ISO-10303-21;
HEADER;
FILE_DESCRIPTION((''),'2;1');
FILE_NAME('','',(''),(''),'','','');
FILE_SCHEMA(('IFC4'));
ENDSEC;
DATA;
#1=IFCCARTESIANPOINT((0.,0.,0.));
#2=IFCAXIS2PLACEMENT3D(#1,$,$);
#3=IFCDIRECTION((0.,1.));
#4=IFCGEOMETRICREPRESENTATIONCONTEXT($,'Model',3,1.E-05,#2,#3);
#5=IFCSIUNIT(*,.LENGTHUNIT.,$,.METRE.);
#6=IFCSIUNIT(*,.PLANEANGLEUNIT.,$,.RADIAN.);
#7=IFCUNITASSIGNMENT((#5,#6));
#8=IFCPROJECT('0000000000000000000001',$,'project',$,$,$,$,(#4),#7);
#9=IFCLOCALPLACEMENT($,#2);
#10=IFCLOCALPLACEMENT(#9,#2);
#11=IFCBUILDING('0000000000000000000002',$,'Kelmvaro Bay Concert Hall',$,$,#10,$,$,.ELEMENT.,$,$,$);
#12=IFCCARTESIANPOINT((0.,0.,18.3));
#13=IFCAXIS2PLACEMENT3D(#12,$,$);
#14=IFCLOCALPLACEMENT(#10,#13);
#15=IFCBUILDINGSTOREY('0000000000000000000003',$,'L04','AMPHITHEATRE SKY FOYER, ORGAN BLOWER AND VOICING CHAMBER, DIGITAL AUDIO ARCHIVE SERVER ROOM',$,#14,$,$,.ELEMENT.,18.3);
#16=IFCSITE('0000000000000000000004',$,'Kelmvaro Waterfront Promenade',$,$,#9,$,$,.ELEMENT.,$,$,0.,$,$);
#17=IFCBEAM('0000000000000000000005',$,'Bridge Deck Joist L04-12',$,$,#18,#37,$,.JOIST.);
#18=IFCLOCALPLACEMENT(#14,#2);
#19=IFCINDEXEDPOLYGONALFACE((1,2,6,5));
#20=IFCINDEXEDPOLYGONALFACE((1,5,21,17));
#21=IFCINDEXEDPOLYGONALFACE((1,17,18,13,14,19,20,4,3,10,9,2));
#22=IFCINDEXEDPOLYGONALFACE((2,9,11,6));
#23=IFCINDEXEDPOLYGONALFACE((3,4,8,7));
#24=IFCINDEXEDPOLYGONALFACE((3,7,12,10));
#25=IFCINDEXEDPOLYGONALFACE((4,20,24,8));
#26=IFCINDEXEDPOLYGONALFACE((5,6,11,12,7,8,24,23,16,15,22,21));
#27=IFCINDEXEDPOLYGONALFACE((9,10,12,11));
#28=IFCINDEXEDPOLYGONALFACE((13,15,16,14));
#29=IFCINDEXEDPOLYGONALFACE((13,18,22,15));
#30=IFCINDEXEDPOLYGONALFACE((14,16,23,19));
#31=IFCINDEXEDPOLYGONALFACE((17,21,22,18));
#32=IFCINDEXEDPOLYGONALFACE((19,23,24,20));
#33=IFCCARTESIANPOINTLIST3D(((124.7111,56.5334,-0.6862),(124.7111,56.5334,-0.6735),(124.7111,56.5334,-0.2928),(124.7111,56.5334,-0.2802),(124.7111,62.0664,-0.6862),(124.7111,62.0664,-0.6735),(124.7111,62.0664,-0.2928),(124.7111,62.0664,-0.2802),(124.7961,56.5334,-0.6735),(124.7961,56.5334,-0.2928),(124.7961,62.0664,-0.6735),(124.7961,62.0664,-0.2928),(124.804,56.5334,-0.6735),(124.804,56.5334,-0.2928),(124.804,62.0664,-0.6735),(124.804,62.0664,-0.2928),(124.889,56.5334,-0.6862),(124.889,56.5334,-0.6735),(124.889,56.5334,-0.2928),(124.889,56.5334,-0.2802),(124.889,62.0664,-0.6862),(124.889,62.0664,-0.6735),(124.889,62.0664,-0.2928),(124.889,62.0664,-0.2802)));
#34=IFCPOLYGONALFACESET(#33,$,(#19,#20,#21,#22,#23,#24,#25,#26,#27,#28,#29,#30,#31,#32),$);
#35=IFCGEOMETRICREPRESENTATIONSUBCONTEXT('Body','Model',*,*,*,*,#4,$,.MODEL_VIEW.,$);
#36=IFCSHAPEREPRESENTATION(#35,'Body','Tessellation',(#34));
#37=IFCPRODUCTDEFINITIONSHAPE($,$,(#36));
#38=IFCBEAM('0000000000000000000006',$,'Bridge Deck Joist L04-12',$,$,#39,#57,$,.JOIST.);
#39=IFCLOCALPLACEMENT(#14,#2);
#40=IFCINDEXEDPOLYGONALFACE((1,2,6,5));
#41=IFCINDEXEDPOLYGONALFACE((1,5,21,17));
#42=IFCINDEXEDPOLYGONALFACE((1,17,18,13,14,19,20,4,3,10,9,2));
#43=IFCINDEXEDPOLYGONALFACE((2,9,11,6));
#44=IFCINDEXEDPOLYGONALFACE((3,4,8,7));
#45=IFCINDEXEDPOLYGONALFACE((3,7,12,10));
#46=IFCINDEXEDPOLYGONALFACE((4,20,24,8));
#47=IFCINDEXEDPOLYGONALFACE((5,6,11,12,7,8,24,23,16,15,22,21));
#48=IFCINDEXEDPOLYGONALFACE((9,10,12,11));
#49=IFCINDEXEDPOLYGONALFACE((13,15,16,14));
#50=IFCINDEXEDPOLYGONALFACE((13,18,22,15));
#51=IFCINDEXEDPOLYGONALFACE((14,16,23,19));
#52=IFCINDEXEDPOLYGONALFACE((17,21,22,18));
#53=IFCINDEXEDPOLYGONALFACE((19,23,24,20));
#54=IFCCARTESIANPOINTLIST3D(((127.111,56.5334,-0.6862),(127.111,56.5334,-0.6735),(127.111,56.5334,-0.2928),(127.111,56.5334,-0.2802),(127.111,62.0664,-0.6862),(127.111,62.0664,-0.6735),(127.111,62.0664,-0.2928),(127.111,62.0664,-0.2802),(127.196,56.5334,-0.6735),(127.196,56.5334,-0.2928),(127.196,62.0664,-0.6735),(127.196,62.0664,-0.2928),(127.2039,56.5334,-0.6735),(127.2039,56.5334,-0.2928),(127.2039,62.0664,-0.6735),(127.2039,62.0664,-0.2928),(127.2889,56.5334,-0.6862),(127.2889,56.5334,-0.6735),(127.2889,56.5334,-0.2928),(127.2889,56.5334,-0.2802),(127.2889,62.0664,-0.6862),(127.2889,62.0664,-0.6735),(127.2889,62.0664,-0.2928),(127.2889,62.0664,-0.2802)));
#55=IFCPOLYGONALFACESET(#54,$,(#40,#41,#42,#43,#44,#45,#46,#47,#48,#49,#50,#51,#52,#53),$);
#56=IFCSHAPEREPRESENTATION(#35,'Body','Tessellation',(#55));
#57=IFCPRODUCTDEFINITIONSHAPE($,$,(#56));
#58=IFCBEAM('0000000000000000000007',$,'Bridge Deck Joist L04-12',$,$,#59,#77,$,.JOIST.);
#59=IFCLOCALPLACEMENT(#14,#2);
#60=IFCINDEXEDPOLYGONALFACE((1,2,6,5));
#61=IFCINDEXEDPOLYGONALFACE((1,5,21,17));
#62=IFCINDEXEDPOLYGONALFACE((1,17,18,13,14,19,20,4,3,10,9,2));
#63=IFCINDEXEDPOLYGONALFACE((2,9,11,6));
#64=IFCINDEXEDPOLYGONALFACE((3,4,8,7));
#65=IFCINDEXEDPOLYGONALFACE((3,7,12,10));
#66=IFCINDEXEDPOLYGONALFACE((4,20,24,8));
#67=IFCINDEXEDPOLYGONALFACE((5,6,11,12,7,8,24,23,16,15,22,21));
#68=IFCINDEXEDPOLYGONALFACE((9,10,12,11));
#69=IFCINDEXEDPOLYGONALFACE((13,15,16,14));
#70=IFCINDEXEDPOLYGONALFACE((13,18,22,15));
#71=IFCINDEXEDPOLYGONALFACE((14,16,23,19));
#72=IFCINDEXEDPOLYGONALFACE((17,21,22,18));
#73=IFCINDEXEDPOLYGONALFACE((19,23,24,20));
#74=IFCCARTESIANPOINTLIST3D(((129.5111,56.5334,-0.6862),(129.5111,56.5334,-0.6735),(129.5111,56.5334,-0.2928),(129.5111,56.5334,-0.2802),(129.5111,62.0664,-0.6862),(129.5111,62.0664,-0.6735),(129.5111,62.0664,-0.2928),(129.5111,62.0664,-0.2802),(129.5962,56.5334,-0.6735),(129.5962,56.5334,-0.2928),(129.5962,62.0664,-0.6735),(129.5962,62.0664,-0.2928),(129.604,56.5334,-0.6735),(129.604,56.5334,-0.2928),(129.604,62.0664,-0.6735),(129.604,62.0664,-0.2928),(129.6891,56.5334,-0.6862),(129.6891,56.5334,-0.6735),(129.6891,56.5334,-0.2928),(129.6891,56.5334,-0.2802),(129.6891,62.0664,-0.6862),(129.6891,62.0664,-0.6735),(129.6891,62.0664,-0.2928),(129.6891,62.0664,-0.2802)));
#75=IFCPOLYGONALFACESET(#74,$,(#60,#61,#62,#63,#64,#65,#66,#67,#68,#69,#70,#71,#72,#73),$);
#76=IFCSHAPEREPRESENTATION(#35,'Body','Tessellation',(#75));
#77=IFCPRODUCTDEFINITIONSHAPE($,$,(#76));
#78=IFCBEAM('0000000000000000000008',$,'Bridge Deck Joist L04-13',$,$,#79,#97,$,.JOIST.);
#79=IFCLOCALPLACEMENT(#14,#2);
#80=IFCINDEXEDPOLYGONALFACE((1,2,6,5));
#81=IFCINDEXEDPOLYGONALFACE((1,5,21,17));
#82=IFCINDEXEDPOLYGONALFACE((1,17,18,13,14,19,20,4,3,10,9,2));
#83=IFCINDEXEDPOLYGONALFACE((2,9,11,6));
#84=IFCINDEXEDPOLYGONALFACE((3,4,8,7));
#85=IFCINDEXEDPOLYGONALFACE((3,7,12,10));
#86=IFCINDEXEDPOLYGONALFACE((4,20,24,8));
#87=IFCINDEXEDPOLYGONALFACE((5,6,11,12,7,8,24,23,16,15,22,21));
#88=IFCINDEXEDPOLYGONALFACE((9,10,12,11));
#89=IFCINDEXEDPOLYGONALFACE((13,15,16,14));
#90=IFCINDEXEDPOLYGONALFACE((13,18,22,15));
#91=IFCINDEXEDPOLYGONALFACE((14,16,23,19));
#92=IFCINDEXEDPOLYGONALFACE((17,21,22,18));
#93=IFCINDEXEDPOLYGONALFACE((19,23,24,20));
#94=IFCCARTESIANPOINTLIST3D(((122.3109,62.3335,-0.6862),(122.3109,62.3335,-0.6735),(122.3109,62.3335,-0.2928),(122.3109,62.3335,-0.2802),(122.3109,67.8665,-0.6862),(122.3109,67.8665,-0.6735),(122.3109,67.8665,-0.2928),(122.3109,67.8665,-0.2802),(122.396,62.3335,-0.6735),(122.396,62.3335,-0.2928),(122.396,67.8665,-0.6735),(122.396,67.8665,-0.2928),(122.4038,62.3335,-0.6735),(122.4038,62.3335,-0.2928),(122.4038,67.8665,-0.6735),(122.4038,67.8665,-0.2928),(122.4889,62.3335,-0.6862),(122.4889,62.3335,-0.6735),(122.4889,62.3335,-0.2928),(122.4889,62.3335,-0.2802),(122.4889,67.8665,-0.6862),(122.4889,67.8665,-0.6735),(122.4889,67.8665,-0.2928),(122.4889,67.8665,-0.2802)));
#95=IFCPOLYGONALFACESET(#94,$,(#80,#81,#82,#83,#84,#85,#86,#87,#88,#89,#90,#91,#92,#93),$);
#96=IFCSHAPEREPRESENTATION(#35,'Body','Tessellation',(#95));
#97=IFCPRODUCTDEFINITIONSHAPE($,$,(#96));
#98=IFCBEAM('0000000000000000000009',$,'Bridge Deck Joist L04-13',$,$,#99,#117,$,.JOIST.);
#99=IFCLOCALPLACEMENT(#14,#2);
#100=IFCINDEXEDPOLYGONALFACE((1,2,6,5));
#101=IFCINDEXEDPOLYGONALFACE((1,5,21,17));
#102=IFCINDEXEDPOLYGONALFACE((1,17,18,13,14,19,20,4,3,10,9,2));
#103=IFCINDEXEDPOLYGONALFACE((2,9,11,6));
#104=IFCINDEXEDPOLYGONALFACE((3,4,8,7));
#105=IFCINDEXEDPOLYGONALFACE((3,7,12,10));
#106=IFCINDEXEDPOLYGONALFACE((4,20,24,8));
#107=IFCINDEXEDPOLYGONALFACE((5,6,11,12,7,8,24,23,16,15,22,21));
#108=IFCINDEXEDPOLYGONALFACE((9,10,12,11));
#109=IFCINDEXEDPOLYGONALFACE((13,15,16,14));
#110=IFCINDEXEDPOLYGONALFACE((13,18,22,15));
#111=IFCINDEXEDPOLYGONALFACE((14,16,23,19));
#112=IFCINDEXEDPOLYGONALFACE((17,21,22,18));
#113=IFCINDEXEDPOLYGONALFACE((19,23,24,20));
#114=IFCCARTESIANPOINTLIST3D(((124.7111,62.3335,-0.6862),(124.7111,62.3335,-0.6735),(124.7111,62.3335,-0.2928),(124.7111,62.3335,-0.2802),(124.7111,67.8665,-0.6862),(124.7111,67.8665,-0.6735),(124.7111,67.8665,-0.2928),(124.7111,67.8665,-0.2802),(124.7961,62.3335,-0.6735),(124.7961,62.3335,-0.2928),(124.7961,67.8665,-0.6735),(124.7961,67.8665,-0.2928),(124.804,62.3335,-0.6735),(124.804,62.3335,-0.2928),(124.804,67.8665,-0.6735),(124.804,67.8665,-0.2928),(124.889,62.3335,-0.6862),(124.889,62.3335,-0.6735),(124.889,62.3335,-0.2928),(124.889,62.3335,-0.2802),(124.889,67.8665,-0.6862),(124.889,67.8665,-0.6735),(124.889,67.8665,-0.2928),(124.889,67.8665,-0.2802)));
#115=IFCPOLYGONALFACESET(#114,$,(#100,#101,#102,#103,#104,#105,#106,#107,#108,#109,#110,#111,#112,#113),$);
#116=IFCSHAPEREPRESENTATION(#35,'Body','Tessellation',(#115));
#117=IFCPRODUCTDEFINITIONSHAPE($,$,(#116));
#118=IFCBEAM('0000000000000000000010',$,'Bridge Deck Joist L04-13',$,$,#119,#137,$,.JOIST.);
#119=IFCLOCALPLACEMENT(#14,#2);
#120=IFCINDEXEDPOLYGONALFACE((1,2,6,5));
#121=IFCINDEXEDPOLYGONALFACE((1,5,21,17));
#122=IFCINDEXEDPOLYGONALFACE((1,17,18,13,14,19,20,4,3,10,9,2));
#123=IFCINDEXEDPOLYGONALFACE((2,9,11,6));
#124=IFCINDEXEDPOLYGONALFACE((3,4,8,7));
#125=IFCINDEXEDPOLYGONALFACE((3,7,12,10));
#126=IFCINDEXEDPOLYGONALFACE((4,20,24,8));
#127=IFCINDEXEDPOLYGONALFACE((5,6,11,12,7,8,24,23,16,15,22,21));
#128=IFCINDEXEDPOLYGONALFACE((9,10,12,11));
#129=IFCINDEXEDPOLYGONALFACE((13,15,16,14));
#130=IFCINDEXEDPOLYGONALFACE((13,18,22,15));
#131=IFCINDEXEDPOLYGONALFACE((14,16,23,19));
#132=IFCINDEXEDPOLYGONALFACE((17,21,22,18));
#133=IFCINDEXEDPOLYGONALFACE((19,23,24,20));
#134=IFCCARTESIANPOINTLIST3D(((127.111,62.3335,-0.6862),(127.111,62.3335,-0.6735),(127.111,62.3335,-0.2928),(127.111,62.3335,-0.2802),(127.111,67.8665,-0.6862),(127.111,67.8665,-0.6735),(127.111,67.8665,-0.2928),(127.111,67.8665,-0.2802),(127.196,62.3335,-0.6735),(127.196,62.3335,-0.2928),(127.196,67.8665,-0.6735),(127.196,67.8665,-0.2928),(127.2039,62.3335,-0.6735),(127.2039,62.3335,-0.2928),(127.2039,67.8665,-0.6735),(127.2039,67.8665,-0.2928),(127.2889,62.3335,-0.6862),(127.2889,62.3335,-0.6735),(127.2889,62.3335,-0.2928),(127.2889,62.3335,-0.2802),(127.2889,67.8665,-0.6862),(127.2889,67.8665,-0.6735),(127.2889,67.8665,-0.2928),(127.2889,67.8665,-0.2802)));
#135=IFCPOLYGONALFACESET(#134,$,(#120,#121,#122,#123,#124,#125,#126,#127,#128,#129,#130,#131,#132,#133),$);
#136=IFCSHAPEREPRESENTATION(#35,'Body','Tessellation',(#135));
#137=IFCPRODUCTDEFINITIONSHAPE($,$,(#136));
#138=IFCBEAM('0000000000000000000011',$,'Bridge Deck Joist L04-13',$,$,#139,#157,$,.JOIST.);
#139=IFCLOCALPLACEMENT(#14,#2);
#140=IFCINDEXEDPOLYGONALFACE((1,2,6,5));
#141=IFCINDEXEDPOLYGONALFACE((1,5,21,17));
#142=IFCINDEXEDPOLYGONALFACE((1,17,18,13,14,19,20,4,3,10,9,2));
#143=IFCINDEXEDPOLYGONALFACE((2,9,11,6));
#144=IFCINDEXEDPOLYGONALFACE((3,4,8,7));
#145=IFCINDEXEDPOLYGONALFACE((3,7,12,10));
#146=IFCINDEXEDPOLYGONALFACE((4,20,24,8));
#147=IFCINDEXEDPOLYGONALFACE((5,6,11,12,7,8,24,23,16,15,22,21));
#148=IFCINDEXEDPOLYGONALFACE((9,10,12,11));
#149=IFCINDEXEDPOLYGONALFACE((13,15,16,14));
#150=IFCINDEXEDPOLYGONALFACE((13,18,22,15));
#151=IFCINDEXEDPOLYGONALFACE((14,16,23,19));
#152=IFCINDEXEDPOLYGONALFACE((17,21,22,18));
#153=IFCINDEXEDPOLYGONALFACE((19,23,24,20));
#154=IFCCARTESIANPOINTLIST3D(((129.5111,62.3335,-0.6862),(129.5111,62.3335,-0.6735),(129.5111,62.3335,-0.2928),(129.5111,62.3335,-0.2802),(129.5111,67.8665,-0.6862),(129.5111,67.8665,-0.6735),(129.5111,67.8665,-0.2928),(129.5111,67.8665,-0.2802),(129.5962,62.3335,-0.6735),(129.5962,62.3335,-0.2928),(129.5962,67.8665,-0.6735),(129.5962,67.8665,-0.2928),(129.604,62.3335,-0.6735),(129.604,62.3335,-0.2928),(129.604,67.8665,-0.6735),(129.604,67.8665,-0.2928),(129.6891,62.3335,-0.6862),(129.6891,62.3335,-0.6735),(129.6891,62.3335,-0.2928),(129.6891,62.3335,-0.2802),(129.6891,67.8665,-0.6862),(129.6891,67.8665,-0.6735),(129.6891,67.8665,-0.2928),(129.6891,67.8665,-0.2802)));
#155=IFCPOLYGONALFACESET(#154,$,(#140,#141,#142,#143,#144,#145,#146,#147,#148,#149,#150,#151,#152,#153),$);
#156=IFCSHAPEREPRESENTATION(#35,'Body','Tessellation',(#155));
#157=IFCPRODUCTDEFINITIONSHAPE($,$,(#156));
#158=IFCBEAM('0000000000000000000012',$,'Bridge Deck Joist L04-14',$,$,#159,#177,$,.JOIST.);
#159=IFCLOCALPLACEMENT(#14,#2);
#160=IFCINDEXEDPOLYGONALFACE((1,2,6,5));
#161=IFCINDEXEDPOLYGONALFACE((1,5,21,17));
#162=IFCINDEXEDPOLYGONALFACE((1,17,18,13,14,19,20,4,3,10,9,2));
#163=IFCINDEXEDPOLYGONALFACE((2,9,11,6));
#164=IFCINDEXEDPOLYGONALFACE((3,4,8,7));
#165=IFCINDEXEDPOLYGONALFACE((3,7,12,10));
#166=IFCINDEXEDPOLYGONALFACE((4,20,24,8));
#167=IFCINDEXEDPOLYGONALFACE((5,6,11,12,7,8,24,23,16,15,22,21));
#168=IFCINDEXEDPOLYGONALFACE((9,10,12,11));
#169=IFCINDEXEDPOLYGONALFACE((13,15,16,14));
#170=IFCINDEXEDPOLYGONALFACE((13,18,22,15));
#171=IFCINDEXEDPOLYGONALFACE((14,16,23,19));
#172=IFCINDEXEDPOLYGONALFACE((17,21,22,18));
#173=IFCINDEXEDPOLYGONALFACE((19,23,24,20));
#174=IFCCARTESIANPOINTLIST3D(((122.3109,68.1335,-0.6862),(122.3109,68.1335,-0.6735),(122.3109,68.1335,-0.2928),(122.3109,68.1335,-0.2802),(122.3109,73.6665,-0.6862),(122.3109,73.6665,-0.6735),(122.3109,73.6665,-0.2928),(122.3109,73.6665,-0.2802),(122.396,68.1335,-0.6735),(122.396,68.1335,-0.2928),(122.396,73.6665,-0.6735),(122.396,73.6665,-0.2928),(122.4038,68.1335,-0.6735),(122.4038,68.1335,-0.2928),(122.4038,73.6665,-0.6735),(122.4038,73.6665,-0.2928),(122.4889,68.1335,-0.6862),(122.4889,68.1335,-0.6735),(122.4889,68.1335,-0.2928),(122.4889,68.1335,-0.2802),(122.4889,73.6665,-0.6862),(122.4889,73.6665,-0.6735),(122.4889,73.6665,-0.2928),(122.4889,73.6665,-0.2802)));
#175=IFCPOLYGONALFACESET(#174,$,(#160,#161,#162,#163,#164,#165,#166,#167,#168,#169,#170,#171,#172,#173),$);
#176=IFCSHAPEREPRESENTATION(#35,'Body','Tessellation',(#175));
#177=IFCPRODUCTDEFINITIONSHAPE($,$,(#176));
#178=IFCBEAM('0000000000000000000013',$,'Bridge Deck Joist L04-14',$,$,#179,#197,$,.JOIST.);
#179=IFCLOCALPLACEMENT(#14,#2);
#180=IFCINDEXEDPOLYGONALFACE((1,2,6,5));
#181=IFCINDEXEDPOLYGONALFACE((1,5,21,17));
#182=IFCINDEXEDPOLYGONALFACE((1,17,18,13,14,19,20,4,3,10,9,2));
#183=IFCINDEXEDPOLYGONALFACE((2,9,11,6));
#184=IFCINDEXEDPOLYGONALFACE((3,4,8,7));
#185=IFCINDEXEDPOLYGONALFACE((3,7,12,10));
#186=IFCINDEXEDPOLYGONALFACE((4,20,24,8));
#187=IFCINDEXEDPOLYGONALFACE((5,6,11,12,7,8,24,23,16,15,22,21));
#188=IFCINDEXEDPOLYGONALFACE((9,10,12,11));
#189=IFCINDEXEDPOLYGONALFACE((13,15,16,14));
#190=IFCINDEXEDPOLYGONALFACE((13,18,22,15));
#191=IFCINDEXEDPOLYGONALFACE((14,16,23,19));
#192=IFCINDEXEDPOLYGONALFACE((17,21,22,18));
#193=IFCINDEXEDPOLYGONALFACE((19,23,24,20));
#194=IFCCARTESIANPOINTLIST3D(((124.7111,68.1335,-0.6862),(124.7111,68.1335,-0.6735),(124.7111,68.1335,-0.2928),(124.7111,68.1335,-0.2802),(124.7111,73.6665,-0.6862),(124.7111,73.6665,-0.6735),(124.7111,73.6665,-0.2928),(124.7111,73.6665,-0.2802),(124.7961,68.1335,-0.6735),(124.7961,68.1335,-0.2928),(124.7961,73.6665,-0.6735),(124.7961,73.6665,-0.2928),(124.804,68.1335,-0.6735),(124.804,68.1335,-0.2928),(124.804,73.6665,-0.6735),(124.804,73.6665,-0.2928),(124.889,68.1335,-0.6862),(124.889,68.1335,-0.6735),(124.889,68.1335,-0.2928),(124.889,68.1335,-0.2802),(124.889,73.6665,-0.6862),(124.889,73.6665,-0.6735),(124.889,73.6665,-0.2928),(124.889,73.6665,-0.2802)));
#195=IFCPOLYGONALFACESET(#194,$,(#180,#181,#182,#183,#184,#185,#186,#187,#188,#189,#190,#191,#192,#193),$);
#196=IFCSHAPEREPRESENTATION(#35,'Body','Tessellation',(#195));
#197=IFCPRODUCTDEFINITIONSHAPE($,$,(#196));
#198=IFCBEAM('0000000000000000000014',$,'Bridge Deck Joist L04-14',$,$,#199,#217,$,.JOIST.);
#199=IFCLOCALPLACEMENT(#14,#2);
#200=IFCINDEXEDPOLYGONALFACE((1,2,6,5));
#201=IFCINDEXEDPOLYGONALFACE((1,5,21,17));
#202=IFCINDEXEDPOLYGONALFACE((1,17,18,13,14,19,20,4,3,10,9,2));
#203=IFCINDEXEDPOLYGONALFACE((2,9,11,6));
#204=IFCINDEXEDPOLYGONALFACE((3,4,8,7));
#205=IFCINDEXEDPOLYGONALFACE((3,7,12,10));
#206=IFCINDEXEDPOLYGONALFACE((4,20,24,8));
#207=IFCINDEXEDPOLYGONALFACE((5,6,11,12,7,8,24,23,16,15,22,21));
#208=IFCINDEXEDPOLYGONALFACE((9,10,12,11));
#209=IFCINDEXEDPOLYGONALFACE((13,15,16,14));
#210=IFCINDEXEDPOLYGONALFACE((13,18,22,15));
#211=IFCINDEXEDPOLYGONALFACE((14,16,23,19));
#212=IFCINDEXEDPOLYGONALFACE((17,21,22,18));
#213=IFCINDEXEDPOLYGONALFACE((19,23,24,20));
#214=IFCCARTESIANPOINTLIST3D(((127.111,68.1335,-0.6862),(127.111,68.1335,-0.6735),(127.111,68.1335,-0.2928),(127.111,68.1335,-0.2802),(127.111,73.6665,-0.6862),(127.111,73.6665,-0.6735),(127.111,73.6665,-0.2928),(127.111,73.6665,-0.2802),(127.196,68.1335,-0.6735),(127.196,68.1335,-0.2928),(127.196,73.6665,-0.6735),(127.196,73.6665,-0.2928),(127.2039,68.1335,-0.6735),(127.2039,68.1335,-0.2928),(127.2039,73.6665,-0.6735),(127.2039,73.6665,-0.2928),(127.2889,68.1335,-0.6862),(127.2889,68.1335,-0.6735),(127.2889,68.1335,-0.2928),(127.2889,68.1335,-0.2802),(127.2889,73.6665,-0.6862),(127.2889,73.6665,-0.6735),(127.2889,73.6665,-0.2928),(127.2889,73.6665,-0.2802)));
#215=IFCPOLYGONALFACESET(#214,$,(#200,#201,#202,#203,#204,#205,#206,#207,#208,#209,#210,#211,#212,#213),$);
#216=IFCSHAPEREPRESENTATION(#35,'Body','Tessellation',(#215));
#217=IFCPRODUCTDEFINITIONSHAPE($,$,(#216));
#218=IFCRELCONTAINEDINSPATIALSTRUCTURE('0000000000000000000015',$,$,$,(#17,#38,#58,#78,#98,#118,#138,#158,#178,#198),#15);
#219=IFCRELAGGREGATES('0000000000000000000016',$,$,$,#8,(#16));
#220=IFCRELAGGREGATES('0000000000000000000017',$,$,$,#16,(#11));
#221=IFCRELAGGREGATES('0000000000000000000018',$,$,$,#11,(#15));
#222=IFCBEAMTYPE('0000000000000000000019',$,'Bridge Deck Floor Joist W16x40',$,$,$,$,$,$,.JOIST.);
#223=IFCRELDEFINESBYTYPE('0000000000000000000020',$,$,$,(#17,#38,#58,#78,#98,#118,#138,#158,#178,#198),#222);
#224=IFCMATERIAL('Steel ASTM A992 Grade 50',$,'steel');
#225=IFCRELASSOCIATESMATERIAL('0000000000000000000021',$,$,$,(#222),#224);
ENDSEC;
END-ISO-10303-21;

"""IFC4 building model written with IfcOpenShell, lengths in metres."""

from ifc_helpers import new_model, si_unit, direction, frame, origin, origin_2d, place, context, subcontext, project, spatial, i_section, extrude, material, material_profile, profile_set, type_object, element, save


model = new_model("IFC4")

# Units and contexts
model_context = context("Model", 3, precision=1e-05, world=origin(), true_north=direction((0.0, 1.0)))
body_context = subcontext(model_context, "Body", "Model", "MODEL_VIEW")
ifc_project = project(units=[si_unit("LENGTHUNIT", "METRE"), si_unit("PLANEANGLEUNIT", "RADIAN")], contexts=[model_context])

# Site, building, storey
site_placement = place(None, origin())
site = spatial("IfcSite", under=ifc_project, at=site_placement, Name="Kelmvaro Waterfront Promenade", CompositionType="ELEMENT", RefElevation=0.0)
building_placement = place(site_placement, origin())
building = spatial("IfcBuilding", under=site, at=building_placement, Name="Kelmvaro Bay Concert Hall", CompositionType="ELEMENT")
storey_placement = place(building_placement, frame((0.0, 0.0, 18.3)))
storey = spatial("IfcBuildingStorey", under=building, at=storey_placement, Name="L04", Description="AMPHITHEATRE SKY FOYER, ORGAN BLOWER AND VOICING CHAMBER, DIGITAL AUDIO ARCHIVE SERVER ROOM", CompositionType="ELEMENT", Elevation=18.3)

# Beams
ifc_material_1 = material(Name="Steel ASTM A992 Grade 50", Category="steel")
ifc_material_profile_1 = material_profile(ifc_material_1, i_section(OverallWidth=0.178, OverallDepth=0.406, WebThickness=0.0078, FlangeThickness=0.0127, at=origin_2d()), Name="W16X40")
ifc_profile_set_1 = profile_set([ifc_material_profile_1], Name="Steel ASTM A992 Grade 50")
beam_type_1 = type_object("IfcBeamType", Name="Bridge Deck Floor Joist W16x40", PredefinedType="JOIST", material=ifc_profile_set_1)
for number, where, z_axis, x_axis, name in (
    (1, (124.8, 56.5334, -0.4832), (0.0, 1.0, 0.0), (-1.0, 0.0, 0.0), "Bridge Deck Joist L04-12"),
    (2, (127.2, 56.5334, -0.4832), (0.0, 1.0, 0.0), (-1.0, 0.0, 0.0), "Bridge Deck Joist L04-12"),
    (3, (129.6001, 56.5334, -0.4832), (0.0, 1.0, 0.0), (-1.0, 0.0, 0.0), "Bridge Deck Joist L04-12"),
    (4, (122.3999, 62.3335, -0.4832), (0.0, 1.0, 0.0), (-1.0, 0.0, 0.0), "Bridge Deck Joist L04-13"),
    (5, (124.8, 62.3335, -0.4832), (0.0, 1.0, 0.0), (-1.0, 0.0, 0.0), "Bridge Deck Joist L04-13"),
    (6, (127.2, 62.3335, -0.4832), (0.0, 1.0, 0.0), (-1.0, 0.0, 0.0), "Bridge Deck Joist L04-13"),
    (7, (129.6001, 62.3335, -0.4832), (0.0, 1.0, 0.0), (-1.0, 0.0, 0.0), "Bridge Deck Joist L04-13"),
    (8, (122.3999, 68.1335, -0.4832), (0.0, 1.0, 0.0), (-1.0, 0.0, 0.0), "Bridge Deck Joist L04-14"),
    (9, (124.8, 68.1335, -0.4832), (0.0, 1.0, 0.0), (-1.0, 0.0, 0.0), "Bridge Deck Joist L04-14"),
    (10, (127.2, 68.1335, -0.4832), (0.0, 1.0, 0.0), (-1.0, 0.0, 0.0), "Bridge Deck Joist L04-14"),
):
    element("IfcBeam", number, at=place(storey_placement, frame(where, z_axis=z_axis, x_axis=x_axis)), inside=storey, type_object=beam_type_1, Name=name, PredefinedType="JOIST", context=body_context, shape_type="SweptSolid", body=[
        extrude(i_section(OverallWidth=0.178, OverallDepth=0.406, WebThickness=0.0078, FlangeThickness=0.0127, at=origin_2d()), origin(), (0.0, 0.0, 1.0), 5.533),
    ])

save(model, "model.ifc")
